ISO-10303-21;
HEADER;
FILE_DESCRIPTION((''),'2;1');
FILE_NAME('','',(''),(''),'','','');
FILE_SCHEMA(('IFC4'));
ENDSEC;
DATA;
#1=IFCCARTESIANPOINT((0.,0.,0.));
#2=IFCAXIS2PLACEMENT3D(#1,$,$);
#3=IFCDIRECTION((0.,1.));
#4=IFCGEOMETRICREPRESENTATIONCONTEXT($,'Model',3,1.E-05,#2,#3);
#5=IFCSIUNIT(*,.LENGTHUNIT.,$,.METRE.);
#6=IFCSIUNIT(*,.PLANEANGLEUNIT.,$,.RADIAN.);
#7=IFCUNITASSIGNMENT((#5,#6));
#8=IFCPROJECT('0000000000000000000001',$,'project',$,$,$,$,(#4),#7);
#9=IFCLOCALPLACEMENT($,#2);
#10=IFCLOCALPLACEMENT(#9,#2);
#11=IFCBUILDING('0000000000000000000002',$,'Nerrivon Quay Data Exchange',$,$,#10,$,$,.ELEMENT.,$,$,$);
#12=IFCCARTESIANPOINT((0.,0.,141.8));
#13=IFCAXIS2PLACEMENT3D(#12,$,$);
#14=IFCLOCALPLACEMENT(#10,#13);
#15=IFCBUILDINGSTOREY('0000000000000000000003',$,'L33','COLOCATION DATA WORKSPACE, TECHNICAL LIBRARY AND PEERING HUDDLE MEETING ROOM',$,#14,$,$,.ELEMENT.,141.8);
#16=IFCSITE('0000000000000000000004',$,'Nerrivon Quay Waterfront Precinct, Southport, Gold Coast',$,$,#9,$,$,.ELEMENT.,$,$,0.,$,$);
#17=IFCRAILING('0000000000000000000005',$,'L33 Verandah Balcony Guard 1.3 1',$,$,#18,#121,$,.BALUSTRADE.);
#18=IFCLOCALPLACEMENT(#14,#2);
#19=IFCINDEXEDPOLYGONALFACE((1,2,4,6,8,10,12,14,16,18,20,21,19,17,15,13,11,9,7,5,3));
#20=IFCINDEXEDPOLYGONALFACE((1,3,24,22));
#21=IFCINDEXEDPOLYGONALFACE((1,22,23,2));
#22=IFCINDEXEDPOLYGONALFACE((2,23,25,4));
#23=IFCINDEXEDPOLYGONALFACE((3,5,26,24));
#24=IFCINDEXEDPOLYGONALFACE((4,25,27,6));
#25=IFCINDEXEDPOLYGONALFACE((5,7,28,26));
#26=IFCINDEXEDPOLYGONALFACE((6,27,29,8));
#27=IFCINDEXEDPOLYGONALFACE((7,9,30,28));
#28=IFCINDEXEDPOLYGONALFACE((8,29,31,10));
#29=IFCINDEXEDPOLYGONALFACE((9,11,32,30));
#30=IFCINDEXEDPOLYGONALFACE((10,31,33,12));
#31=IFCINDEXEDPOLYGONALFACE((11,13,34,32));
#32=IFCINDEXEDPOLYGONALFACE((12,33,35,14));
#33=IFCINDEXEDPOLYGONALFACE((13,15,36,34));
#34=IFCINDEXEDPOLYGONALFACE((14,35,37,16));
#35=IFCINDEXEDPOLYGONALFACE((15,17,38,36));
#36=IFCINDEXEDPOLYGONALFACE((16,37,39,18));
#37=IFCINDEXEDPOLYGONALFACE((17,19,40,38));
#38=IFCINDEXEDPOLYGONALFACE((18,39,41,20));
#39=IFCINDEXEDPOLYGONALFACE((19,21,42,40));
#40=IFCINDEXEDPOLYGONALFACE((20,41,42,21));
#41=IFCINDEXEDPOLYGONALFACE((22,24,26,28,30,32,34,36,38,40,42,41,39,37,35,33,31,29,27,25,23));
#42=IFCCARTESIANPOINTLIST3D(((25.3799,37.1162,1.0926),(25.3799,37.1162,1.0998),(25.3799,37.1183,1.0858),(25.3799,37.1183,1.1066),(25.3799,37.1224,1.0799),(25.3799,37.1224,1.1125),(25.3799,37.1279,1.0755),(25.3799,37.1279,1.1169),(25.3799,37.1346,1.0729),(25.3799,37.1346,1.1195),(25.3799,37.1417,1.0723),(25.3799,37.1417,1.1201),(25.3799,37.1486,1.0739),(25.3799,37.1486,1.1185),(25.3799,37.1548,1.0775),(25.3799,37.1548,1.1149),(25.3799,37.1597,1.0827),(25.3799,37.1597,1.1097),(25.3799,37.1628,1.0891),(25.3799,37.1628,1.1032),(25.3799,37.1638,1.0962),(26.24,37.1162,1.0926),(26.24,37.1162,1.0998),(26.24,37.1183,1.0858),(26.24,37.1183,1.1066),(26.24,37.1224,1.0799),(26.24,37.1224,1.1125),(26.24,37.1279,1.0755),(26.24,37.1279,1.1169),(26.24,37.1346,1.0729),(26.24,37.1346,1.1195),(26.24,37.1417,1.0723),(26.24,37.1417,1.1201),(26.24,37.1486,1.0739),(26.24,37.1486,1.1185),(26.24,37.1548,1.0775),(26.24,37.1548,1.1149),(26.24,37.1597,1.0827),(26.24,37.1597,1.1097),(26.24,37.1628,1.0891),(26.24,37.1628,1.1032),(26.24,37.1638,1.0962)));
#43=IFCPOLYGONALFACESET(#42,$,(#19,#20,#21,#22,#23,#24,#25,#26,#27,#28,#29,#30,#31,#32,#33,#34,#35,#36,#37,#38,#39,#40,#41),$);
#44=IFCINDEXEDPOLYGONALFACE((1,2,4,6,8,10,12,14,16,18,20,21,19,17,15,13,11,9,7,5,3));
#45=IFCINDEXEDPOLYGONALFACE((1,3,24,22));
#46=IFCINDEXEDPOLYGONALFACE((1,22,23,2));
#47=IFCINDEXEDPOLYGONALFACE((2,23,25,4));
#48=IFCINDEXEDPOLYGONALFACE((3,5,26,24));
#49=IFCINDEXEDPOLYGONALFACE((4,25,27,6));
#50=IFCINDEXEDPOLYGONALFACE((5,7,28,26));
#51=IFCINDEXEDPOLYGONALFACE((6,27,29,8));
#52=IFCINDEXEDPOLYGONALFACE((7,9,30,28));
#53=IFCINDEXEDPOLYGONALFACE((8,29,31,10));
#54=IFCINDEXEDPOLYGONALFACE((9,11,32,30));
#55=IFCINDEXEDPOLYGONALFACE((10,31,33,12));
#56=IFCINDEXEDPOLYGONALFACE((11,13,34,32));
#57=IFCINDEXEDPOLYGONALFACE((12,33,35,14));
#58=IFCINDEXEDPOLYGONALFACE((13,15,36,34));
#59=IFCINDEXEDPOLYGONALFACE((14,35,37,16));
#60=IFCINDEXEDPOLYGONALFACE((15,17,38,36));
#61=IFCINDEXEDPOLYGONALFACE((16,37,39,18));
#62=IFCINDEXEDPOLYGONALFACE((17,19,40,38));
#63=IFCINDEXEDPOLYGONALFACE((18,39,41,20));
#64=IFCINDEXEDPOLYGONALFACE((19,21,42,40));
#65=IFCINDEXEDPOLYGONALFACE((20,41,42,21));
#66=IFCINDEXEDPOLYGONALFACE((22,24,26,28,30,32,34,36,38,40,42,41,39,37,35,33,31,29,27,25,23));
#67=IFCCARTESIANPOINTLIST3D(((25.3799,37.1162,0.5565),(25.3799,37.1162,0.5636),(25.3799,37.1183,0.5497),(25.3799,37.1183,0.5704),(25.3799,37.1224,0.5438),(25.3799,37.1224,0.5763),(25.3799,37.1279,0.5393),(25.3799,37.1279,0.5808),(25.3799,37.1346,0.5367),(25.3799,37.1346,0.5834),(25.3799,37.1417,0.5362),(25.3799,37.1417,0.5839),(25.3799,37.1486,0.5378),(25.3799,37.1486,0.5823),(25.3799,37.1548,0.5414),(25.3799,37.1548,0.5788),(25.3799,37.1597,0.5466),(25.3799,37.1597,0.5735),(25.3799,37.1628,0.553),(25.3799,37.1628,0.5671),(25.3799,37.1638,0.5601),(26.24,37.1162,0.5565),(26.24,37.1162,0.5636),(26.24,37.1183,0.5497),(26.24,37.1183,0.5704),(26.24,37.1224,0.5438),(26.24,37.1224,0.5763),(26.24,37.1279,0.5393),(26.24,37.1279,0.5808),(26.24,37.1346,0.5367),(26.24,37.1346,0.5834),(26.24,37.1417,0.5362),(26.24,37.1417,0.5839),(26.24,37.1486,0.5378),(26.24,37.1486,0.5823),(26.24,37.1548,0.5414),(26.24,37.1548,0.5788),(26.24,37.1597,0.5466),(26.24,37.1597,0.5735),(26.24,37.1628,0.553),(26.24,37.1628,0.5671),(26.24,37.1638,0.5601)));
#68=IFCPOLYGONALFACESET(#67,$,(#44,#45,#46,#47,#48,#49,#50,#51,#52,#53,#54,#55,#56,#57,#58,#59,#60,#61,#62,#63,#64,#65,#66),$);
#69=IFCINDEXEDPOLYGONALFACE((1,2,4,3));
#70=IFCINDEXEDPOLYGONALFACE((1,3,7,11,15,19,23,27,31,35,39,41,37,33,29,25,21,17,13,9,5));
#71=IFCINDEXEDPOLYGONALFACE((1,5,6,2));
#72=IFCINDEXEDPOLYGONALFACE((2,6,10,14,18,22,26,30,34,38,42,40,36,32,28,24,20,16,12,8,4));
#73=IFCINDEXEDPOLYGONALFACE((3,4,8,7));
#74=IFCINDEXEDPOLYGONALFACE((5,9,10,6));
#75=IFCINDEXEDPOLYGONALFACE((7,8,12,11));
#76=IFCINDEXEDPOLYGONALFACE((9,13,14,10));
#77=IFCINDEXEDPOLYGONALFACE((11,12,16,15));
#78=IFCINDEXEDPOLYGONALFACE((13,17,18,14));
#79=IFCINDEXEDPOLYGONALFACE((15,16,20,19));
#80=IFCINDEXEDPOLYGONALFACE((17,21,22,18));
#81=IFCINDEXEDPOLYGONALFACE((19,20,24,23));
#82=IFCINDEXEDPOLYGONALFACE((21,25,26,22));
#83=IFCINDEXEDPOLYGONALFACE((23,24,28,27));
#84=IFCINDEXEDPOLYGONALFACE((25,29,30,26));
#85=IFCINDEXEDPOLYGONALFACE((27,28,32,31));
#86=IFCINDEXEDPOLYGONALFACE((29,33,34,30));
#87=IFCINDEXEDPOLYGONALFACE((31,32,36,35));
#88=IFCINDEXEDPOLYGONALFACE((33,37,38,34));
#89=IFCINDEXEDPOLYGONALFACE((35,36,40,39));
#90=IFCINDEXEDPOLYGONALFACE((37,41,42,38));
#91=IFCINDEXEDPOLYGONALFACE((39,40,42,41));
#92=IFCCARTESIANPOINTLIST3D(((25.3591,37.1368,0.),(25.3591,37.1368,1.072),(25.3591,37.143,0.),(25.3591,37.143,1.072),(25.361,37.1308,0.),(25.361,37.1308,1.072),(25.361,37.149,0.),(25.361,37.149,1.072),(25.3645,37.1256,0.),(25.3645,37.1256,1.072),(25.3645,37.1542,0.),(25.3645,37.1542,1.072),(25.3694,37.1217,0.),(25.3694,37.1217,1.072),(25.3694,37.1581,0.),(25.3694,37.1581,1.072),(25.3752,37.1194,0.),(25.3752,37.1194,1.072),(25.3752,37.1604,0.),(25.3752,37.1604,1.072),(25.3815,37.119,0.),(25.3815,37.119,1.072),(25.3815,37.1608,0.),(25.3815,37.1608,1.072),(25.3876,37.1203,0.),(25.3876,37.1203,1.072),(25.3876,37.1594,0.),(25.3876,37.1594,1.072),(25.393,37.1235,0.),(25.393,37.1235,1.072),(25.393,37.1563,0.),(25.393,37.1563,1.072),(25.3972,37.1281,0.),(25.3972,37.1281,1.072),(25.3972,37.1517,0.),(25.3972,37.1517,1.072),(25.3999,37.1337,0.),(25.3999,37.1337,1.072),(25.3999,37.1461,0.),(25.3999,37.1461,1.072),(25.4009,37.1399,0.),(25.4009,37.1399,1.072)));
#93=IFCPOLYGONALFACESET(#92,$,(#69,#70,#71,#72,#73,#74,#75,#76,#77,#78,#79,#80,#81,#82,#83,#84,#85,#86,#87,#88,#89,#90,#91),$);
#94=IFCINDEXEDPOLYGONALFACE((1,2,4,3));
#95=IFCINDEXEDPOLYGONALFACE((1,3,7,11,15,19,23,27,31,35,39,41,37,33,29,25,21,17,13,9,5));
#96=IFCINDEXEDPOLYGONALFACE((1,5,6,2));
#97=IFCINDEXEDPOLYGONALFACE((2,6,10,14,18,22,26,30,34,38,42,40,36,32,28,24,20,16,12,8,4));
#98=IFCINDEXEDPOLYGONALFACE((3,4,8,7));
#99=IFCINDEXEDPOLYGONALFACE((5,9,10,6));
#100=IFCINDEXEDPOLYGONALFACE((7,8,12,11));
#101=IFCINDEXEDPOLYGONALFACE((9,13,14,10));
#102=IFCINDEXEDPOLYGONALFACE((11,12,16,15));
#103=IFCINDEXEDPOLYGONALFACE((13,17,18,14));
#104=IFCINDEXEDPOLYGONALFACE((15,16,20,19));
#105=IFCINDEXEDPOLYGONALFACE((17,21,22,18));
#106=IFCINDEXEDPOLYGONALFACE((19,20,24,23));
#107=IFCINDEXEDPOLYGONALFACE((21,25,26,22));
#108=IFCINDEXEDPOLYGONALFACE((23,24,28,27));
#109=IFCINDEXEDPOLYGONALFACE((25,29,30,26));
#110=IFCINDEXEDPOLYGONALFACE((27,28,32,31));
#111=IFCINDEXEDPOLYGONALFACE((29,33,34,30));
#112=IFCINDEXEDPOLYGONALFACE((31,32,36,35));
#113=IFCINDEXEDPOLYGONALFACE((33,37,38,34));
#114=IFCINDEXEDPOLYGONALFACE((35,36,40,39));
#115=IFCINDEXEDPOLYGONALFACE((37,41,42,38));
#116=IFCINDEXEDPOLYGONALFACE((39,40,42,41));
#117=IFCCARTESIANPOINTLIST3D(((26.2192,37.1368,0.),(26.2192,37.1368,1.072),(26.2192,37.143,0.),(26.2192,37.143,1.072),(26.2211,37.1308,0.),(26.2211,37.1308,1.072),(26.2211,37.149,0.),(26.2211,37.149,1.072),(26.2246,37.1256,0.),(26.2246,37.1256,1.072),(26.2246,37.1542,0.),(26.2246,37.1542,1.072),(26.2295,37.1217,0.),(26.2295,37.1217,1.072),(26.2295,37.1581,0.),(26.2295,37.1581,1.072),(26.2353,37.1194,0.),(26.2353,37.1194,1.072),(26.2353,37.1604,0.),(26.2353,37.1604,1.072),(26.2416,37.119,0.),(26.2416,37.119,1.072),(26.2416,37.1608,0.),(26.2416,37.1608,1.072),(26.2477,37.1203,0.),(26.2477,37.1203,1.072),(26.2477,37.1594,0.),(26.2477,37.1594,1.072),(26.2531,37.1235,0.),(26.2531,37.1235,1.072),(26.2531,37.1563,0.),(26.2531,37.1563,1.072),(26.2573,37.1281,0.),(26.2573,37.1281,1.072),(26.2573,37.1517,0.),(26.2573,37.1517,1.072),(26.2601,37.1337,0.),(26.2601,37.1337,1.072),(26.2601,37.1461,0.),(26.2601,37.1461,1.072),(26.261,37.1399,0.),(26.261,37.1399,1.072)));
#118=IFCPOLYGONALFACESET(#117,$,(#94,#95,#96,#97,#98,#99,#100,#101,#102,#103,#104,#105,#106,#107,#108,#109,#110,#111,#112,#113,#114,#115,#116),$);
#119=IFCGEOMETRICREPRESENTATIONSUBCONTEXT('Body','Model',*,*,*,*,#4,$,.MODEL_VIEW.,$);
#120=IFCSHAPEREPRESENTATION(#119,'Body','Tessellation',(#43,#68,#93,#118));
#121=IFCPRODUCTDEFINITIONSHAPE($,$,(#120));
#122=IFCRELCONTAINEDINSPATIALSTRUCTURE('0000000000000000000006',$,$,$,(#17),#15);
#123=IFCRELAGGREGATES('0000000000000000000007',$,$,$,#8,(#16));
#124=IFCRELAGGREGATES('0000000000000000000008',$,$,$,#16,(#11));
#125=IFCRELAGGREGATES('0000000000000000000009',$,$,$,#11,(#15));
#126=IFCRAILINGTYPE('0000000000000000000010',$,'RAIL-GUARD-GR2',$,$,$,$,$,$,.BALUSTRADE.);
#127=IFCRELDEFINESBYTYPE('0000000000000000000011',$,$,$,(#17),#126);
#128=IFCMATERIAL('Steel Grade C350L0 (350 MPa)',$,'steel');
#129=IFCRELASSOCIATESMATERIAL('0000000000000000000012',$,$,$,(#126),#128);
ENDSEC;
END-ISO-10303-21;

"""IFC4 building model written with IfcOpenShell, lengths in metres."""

from ifc_helpers import new_model, si_unit, direction, frame, origin, origin_2d, place, context, subcontext, project, spatial, circle, extrude, material, type_object, element, save


model = new_model("IFC4")

# Units and contexts
model_context = context("Model", 3, precision=1e-05, world=origin(), true_north=direction((0.0, 1.0)))
body_context = subcontext(model_context, "Body", "Model", "MODEL_VIEW")
ifc_project = project(units=[si_unit("LENGTHUNIT", "METRE"), si_unit("PLANEANGLEUNIT", "RADIAN")], contexts=[model_context])

# Site, building, storey
site_placement = place(None, origin())
site = spatial("IfcSite", under=ifc_project, at=site_placement, Name="Nerrivon Quay Waterfront Precinct, Southport, Gold Coast", CompositionType="ELEMENT", RefElevation=0.0)
building_placement = place(site_placement, origin())
building = spatial("IfcBuilding", under=site, at=building_placement, Name="Nerrivon Quay Data Exchange", CompositionType="ELEMENT")
storey_placement = place(building_placement, frame((0.0, 0.0, 141.8)))
storey = spatial("IfcBuildingStorey", under=building, at=storey_placement, Name="L33", Description="COLOCATION DATA WORKSPACE, TECHNICAL LIBRARY AND PEERING HUDDLE MEETING ROOM", CompositionType="ELEMENT", Elevation=141.8)

# Railing
ifc_material_1 = material(Name="Steel Grade C350L0 (350 MPa)", Category="steel")
railing_type = type_object("IfcRailingType", Name="RAIL-GUARD-GR2", PredefinedType="BALUSTRADE", material=ifc_material_1)
railing_1_placement = place(storey_placement, frame((25.3799, 37.1399, 0.0)))
element("IfcRailing", 1, at=railing_1_placement, inside=storey, type_object=railing_type, Name="L33 Verandah Balcony Guard 1.3 1", PredefinedType="BALUSTRADE", context=body_context, shape_type="SweptSolid", body=[
    extrude(circle(Radius=0.0239, at=origin_2d()), frame((0.0, 0.0, 1.0962), z_axis=(1.0, 0.0, 0.0), x_axis=(0.0, 1.0, 0.0)), (0.0, 0.0, 1.0), 0.8601),
    extrude(circle(Radius=0.0239, at=origin_2d()), frame((0.0, 0.0, 0.5601), z_axis=(1.0, 0.0, 0.0), x_axis=(0.0, 1.0, 0.0)), (0.0, 0.0, 1.0), 0.8601),
    extrude(circle(Radius=0.021, at=origin_2d()), origin(), (0.0, 0.0, 1.0), 1.072),
    extrude(circle(Radius=0.021, at=origin_2d()), frame((0.8601, 0.0, 0.0)), (0.0, 0.0, 1.0), 1.072),
])

save(model, "model.ifc")
